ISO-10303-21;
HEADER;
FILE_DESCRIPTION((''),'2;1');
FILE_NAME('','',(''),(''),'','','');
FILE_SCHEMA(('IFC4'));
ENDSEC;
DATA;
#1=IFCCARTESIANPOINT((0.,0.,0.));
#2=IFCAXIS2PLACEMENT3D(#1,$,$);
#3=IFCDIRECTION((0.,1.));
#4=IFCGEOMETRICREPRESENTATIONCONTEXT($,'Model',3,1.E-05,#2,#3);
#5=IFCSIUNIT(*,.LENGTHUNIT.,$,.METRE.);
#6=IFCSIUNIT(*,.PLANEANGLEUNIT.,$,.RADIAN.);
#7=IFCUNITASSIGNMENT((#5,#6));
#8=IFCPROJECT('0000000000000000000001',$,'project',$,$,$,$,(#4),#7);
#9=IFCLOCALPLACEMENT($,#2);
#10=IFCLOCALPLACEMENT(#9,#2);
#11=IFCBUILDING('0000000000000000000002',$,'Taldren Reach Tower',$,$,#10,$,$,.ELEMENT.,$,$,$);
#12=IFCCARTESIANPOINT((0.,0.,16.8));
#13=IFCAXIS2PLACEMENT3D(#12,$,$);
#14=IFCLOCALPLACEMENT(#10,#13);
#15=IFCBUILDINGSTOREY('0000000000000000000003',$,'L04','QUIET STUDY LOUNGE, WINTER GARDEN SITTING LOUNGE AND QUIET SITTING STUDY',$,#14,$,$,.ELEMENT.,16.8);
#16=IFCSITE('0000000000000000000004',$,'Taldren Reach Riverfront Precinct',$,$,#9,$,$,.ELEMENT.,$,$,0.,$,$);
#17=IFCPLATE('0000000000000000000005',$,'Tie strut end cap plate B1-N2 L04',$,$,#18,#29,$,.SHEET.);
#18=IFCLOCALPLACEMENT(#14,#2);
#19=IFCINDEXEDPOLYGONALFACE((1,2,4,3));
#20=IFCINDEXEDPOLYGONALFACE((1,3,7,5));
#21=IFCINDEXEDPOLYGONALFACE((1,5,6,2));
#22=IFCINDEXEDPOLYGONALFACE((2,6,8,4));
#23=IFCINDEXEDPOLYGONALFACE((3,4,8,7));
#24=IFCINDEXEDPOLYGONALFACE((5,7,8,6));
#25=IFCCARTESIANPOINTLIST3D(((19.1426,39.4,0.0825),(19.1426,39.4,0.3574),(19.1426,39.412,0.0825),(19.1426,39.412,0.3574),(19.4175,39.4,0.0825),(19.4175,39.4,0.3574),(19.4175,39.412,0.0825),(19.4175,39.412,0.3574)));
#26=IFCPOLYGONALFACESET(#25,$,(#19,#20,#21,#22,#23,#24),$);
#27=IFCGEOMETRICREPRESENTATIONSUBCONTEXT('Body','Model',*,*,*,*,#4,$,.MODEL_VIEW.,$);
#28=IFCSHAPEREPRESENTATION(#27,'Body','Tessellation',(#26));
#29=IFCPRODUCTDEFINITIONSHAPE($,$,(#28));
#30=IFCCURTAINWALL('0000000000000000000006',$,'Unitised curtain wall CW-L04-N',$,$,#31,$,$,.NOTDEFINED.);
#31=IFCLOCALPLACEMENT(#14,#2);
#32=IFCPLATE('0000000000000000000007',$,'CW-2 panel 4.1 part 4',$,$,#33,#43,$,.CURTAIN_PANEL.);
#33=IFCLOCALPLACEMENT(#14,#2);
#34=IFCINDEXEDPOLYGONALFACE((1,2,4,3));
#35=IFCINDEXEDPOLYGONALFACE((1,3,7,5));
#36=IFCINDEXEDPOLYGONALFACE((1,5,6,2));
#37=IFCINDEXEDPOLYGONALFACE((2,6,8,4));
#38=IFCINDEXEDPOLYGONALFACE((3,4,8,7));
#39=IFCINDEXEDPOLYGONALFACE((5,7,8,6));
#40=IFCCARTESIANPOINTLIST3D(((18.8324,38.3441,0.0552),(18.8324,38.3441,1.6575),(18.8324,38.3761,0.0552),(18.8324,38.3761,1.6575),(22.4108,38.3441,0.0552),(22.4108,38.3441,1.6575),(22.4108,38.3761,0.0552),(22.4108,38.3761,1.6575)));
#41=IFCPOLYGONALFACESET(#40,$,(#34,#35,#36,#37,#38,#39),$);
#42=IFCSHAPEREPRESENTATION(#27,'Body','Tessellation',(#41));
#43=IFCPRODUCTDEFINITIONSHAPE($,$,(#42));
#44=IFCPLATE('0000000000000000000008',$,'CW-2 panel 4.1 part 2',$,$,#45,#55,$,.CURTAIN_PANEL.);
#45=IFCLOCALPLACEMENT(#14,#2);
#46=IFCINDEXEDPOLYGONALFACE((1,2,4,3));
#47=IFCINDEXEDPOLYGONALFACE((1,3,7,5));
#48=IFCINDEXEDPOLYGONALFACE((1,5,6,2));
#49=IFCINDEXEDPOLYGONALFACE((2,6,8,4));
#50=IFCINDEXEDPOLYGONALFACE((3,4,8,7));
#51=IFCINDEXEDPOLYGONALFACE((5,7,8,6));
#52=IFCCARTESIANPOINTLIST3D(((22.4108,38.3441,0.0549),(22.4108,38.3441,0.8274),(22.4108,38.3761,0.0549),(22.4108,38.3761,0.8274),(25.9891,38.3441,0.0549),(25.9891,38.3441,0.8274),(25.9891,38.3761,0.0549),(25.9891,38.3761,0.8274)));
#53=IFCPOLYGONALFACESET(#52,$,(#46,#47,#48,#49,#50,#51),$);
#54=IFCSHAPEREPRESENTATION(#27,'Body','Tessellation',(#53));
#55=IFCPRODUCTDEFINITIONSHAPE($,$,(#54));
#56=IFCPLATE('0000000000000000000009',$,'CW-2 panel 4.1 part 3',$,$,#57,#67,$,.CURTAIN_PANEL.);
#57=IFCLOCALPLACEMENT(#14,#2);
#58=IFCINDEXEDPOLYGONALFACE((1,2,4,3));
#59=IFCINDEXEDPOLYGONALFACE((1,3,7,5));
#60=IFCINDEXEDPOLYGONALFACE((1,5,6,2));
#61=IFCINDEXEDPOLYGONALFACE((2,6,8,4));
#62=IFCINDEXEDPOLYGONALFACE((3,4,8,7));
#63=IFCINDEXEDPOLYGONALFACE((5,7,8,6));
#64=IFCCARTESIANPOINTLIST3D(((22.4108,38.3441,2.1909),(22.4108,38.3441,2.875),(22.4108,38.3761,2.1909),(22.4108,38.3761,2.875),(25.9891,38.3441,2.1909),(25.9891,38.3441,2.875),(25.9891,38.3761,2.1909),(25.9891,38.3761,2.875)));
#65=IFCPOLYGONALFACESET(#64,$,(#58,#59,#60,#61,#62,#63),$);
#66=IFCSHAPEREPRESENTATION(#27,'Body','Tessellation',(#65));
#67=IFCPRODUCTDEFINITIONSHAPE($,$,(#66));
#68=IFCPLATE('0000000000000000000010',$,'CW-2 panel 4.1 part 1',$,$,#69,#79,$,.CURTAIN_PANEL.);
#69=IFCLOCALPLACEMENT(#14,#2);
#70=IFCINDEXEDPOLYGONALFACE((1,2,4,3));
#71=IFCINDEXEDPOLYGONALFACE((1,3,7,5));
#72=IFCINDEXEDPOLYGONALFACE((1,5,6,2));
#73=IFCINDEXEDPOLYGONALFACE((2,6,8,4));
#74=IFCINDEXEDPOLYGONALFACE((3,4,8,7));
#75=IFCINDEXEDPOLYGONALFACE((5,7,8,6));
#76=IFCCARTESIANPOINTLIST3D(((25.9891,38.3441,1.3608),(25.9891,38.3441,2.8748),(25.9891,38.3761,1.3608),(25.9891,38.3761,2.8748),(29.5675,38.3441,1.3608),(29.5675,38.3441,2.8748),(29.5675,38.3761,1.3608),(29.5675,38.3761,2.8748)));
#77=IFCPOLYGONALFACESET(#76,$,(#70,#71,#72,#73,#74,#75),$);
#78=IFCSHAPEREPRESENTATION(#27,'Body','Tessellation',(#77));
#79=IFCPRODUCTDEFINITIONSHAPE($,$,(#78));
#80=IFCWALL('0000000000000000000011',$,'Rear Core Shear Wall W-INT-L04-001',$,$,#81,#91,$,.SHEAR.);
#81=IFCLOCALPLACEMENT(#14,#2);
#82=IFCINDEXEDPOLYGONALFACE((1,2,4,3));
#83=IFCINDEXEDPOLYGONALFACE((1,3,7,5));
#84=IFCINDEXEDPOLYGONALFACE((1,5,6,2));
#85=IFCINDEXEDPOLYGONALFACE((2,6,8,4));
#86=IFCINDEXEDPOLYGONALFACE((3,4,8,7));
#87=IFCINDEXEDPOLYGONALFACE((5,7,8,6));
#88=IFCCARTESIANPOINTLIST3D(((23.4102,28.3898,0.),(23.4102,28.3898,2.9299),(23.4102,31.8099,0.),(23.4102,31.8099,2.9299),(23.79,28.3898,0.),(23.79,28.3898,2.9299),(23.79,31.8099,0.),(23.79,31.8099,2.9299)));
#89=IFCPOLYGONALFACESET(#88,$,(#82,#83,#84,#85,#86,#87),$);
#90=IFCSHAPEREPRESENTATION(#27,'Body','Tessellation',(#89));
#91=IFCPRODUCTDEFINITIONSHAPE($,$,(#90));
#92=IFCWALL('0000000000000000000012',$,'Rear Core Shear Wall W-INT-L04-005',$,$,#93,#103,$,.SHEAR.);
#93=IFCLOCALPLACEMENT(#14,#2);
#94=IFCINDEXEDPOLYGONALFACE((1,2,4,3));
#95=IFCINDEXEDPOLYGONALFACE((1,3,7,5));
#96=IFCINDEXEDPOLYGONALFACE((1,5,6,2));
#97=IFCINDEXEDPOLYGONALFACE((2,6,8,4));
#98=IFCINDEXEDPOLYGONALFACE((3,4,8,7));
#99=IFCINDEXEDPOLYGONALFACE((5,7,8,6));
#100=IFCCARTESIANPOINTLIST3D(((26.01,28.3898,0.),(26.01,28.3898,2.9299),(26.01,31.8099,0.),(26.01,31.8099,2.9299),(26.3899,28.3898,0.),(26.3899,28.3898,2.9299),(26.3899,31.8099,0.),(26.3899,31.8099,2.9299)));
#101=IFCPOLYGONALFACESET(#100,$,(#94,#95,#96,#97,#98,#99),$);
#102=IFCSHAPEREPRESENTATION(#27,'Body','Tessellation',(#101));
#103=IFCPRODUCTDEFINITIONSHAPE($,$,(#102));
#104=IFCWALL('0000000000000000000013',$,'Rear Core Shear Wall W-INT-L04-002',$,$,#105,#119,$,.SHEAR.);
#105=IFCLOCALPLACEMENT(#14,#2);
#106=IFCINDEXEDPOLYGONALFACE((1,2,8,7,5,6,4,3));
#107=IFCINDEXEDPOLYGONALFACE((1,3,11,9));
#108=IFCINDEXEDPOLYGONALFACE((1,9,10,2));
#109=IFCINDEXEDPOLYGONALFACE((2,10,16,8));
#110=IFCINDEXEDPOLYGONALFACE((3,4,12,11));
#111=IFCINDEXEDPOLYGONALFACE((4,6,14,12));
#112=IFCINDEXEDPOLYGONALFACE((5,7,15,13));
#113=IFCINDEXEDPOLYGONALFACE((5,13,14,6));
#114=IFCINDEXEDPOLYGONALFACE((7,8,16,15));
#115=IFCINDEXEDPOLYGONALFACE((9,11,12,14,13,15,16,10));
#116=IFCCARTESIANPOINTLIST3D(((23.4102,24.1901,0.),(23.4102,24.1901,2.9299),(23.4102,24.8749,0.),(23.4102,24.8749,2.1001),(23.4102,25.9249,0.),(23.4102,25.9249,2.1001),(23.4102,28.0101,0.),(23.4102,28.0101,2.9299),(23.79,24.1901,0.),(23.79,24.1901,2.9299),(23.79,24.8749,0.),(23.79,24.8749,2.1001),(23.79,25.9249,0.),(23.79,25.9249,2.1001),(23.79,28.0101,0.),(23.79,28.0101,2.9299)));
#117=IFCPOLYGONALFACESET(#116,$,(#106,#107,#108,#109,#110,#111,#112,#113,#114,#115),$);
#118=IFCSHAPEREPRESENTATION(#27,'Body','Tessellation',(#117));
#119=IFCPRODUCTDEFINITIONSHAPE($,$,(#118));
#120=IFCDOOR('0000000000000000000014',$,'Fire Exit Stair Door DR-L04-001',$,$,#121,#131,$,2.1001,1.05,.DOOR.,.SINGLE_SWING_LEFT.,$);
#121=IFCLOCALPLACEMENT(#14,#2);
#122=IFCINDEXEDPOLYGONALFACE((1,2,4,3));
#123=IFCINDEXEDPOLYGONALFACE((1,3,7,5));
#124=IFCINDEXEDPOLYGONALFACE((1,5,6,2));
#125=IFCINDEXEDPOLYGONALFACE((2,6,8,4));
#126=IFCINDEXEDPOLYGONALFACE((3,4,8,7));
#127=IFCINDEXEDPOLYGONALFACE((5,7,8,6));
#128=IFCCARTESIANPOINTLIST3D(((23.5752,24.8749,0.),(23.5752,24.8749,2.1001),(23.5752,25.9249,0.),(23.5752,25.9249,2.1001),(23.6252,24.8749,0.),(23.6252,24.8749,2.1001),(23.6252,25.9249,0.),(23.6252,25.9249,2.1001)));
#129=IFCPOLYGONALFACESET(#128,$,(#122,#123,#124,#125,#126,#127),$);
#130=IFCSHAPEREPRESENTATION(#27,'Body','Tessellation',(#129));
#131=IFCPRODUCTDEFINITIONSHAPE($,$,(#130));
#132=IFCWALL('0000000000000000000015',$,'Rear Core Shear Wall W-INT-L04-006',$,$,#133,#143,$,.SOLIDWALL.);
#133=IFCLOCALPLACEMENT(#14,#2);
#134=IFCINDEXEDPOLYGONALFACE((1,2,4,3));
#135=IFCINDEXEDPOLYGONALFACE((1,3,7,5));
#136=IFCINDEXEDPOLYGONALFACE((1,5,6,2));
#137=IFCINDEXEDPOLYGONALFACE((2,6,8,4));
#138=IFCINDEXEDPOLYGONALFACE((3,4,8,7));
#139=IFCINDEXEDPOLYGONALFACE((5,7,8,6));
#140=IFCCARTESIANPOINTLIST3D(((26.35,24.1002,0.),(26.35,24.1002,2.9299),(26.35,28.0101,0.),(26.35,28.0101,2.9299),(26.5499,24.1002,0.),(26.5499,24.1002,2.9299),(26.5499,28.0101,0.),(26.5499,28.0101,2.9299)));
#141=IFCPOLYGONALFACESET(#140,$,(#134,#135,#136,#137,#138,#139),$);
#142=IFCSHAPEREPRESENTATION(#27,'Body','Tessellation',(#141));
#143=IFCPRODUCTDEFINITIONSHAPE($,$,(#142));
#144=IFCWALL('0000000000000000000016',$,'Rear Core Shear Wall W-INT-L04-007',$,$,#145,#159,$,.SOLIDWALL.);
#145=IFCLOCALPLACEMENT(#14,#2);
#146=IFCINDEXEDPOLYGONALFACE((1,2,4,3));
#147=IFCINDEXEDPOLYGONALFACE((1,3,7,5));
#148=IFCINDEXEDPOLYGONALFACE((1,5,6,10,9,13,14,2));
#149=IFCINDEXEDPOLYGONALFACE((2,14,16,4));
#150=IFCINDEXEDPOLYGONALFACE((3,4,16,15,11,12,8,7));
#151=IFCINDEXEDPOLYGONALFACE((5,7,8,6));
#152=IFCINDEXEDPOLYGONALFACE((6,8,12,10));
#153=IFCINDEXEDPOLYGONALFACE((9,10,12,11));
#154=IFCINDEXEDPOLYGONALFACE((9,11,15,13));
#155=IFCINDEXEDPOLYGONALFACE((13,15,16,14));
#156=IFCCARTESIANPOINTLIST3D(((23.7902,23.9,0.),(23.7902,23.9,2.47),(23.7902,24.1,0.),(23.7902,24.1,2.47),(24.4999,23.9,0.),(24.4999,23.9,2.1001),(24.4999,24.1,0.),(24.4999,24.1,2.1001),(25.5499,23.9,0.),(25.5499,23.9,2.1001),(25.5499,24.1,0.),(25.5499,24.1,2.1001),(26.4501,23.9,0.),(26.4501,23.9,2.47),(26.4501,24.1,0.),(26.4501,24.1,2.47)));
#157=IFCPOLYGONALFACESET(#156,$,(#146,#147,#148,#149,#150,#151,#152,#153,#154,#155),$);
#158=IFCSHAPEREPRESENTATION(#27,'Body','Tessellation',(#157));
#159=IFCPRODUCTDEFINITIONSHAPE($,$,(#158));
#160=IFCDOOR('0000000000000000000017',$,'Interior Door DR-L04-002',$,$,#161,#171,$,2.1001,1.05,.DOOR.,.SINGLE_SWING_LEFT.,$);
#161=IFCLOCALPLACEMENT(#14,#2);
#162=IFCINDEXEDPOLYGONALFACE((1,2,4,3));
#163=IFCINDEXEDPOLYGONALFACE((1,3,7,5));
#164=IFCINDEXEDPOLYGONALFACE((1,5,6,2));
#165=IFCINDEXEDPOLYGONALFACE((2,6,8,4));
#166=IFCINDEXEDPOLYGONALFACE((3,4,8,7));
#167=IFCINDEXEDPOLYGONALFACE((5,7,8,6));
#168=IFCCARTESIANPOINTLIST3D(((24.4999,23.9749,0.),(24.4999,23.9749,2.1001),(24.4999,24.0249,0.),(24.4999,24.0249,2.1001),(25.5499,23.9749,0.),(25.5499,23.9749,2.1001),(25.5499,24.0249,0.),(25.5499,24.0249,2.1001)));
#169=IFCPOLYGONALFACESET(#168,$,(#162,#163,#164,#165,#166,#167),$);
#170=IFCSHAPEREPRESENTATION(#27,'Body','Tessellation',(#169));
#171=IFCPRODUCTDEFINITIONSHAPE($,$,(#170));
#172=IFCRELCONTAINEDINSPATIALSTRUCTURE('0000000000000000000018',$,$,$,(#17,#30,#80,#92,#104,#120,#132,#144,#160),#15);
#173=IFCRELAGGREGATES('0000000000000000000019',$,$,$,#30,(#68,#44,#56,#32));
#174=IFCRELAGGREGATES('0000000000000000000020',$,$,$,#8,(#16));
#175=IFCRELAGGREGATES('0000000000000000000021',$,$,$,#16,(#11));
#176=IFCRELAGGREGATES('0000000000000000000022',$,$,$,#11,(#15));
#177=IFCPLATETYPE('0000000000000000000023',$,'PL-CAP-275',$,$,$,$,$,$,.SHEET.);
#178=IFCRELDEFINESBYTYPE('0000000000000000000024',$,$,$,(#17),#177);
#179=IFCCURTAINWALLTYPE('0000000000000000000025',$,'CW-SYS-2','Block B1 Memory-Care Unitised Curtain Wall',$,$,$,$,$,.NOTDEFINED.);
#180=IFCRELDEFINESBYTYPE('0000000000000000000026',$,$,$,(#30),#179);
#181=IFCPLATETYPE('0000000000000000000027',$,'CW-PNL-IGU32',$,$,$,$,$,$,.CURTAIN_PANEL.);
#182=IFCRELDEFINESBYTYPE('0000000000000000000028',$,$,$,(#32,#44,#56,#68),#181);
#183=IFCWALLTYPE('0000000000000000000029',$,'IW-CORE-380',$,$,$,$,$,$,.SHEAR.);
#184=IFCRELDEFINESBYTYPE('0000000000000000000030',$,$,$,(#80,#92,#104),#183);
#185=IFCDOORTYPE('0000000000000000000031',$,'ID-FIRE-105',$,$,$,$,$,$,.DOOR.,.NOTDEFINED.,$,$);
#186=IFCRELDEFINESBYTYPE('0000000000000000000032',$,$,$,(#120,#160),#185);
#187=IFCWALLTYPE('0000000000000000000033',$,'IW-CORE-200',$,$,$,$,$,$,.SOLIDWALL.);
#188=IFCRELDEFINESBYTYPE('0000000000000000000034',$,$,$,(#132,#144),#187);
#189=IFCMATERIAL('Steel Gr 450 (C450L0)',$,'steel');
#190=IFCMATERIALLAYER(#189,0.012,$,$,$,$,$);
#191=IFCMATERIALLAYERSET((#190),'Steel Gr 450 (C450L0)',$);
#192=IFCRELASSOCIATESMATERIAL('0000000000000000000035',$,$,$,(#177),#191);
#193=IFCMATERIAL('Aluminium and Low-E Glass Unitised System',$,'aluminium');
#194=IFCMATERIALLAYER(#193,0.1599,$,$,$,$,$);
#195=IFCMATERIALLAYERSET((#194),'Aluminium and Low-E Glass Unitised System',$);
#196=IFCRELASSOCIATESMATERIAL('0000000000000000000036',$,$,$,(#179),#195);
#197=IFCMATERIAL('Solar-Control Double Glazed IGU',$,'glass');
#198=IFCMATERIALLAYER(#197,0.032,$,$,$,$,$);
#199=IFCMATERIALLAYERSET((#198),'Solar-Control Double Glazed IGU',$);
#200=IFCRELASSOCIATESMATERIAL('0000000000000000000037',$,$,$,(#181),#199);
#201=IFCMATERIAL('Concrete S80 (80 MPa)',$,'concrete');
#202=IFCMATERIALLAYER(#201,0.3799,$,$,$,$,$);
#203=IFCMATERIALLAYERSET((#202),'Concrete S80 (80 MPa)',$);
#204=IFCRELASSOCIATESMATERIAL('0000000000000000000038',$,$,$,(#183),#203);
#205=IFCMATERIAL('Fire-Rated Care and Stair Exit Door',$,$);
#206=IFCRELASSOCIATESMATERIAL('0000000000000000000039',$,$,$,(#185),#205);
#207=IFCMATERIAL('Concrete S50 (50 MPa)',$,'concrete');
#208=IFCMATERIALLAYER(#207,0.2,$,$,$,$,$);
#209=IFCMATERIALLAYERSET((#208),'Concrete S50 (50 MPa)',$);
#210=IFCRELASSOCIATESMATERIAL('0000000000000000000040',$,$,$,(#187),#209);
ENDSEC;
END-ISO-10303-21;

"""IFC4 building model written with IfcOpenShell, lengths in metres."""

from ifc_helpers import new_model, si_unit, direction, frame, frame_2d, origin, origin_2d, place, context, subcontext, project, spatial, rectangle, extrude, source, transform, mapped, material, layer, layer_set, type_object, element, fill, aggregate, save


model = new_model("IFC4")

# Units and contexts
model_context = context("Model", 3, precision=1e-05, world=origin(), true_north=direction((0.0, 1.0)))
body_context = subcontext(model_context, "Body", "Model", "MODEL_VIEW")
ifc_project = project(units=[si_unit("LENGTHUNIT", "METRE"), si_unit("PLANEANGLEUNIT", "RADIAN")], contexts=[model_context])

# Site, building, storey
site_placement = place(None, origin())
site = spatial("IfcSite", under=ifc_project, at=site_placement, Name="Taldren Reach Riverfront Precinct", CompositionType="ELEMENT", RefElevation=0.0)
building_placement = place(site_placement, origin())
building = spatial("IfcBuilding", under=site, at=building_placement, Name="Taldren Reach Tower", CompositionType="ELEMENT")
storey_placement = place(building_placement, frame((0.0, 0.0, 16.8)))
storey = spatial("IfcBuildingStorey", under=building, at=storey_placement, Name="L04", Description="QUIET STUDY LOUNGE, WINTER GARDEN SITTING LOUNGE AND QUIET SITTING STUDY", CompositionType="ELEMENT", Elevation=16.8)

# Shared definitions
ifc_material_1 = material(Name="Steel Gr 450 (C450L0)", Category="steel")

# Plate
ifc_layer_1 = layer(ifc_material_1, 0.012)
ifc_layer_set_1 = layer_set([ifc_layer_1], Name="Steel Gr 450 (C450L0)")
plate_type_1 = type_object("IfcPlateType", Name="PL-CAP-275", PredefinedType="SHEET", material=ifc_layer_set_1)
shared_shape_1 = source(origin(), body_context, "Body", "SweptSolid", [
    extrude(rectangle(XDim=0.2749, YDim=0.012, at=origin_2d()), origin(), (0.0, 0.0, 1.0), 0.2749),
])
plate_1_placement = place(storey_placement, frame((19.28, 39.406, 0.0825), z_axis=(0.0, 0.0, 1.0), x_axis=(1.0, 0.0, 0.0)))
element("IfcPlate", 1, at=plate_1_placement, inside=storey, type_object=plate_type_1, Name="Tie strut end cap plate B1-N2 L04", PredefinedType="SHEET", context=body_context, shape_type="MappedRepresentation", body=[
    mapped(shared_shape_1, transform((0.0, 0.0, 0.0), scale=1.0)),
])

# Curtain wall, plates
ifc_material_2 = material(Name="Aluminium and Low-E Glass Unitised System", Category="aluminium")
ifc_layer_2 = layer(ifc_material_2, 0.1599)
ifc_layer_set_2 = layer_set([ifc_layer_2], Name="Aluminium and Low-E Glass Unitised System")
curtain_wall_type = type_object("IfcCurtainWallType", Name="CW-SYS-2", Description="Block B1 Memory-Care Unitised Curtain Wall", PredefinedType="NOTDEFINED", material=ifc_layer_set_2)
curtain_wall_placement = place(storey_placement, origin())
curtain_wall = element("IfcCurtainWall", 2, at=curtain_wall_placement, inside=storey, type_object=curtain_wall_type, Name="Unitised curtain wall CW-L04-N", PredefinedType="NOTDEFINED")
ifc_material_3 = material(Name="Solar-Control Double Glazed IGU", Category="glass")
ifc_layer_3 = layer(ifc_material_3, 0.032)
ifc_layer_set_3 = layer_set([ifc_layer_3], Name="Solar-Control Double Glazed IGU")
plate_type_2 = type_object("IfcPlateType", Name="CW-PNL-IGU32", PredefinedType="CURTAIN_PANEL", material=ifc_layer_set_3)
shared_shape_2 = source(origin(), body_context, "Body", "SweptSolid", [
    extrude(rectangle(XDim=3.5784, YDim=0.032, at=origin_2d()), origin(), (0.0, 0.0, 1.0), 1.6023),
])
plate_2_placement = place(storey_placement, frame((20.6216, 38.3601, 0.0552), z_axis=(0.0, 0.0, 1.0), x_axis=(-1.0, 0.0, 0.0)))
plate_2 = element("IfcPlate", 3, at=plate_2_placement, type_object=plate_type_2, Name="CW-2 panel 4.1 part 4", PredefinedType="CURTAIN_PANEL", context=body_context, shape_type="MappedRepresentation", body=[
    mapped(shared_shape_2, transform((0.0, 0.0, 0.0), scale=1.0)),
])
shared_shape_3 = source(origin(), body_context, "Body", "SweptSolid", [
    extrude(rectangle(XDim=3.5784, YDim=0.032, at=origin_2d()), origin(), (0.0, 0.0, 1.0), 0.7725),
])
plate_3_placement = place(storey_placement, frame((24.2, 38.3601, 0.0549), z_axis=(0.0, 0.0, 1.0), x_axis=(-1.0, 0.0, 0.0)))
plate_3 = element("IfcPlate", 4, at=plate_3_placement, type_object=plate_type_2, Name="CW-2 panel 4.1 part 2", PredefinedType="CURTAIN_PANEL", context=body_context, shape_type="MappedRepresentation", body=[
    mapped(shared_shape_3, transform((0.0, 0.0, 0.0), scale=1.0)),
])
shared_shape_4 = source(origin(), body_context, "Body", "SweptSolid", [
    extrude(rectangle(XDim=3.5784, YDim=0.032, at=origin_2d()), origin(), (0.0, 0.0, 1.0), 0.6841),
])
plate_4_placement = place(storey_placement, frame((24.2, 38.3601, 2.1909), z_axis=(0.0, 0.0, 1.0), x_axis=(-1.0, 0.0, 0.0)))
plate_4 = element("IfcPlate", 5, at=plate_4_placement, type_object=plate_type_2, Name="CW-2 panel 4.1 part 3", PredefinedType="CURTAIN_PANEL", context=body_context, shape_type="MappedRepresentation", body=[
    mapped(shared_shape_4, transform((0.0, 0.0, 0.0), scale=1.0)),
])
shared_shape_5 = source(origin(), body_context, "Body", "SweptSolid", [
    extrude(rectangle(XDim=3.5784, YDim=0.032, at=origin_2d()), origin(), (0.0, 0.0, 1.0), 1.5139),
])
plate_5_placement = place(storey_placement, frame((27.7783, 38.3601, 1.3608), z_axis=(0.0, 0.0, 1.0), x_axis=(-1.0, 0.0, 0.0)))
plate_5 = element("IfcPlate", 6, at=plate_5_placement, type_object=plate_type_2, Name="CW-2 panel 4.1 part 1", PredefinedType="CURTAIN_PANEL", context=body_context, shape_type="MappedRepresentation", body=[
    mapped(shared_shape_5, transform((0.0, 0.0, 0.0), scale=1.0)),
])
aggregate(curtain_wall, [plate_5, plate_3, plate_4, plate_2])

# Walls
ifc_material_4 = material(Name="Concrete S80 (80 MPa)", Category="concrete")
ifc_layer_4 = layer(ifc_material_4, 0.3799)
ifc_layer_set_4 = layer_set([ifc_layer_4], Name="Concrete S80 (80 MPa)")
wall_type_1 = type_object("IfcWallType", Name="IW-CORE-380", PredefinedType="SHEAR", material=ifc_layer_set_4)
shared_shape_6 = source(origin(), body_context, "Body", "SweptSolid", [
    extrude(rectangle(XDim=3.4202, YDim=0.3799, at=frame_2d((1.71, 0.0))), origin(), (0.0, 0.0, 1.0), 2.9299),
])
for number, where, z_axis, x_axis, name in (
    (7, (23.6001, 28.3899, 0.0), (0.0, 0.0, 1.0), (0.0, 1.0, 0.0), "Rear Core Shear Wall W-INT-L04-001"),
    (8, (26.2, 28.3899, 0.0), (0.0, 0.0, 1.0), (0.0, 1.0, 0.0), "Rear Core Shear Wall W-INT-L04-005"),
):
    element("IfcWall", number, at=place(storey_placement, frame(where, z_axis=z_axis, x_axis=x_axis)), inside=storey, type_object=wall_type_1, Name=name, PredefinedType="SHEAR", context=body_context, shape_type="MappedRepresentation", body=[
        mapped(shared_shape_6, transform((0.0, 0.0, 0.0), scale=1.0)),
    ])

# Wall, opening, door
shared_shape_7 = source(origin(), body_context, "Body", "SweptSolid", [
    extrude(rectangle(XDim=3.8201, YDim=0.3799, at=frame_2d((1.9102, 0.0))), origin(), (0.0, 0.0, 1.0), 2.9299),
])
wall_1_placement = place(storey_placement, frame((23.6001, 24.1899, 0.0), z_axis=(0.0, 0.0, 1.0), x_axis=(0.0, 1.0, 0.0)))
wall_1 = element("IfcWall", 9, at=wall_1_placement, inside=storey, type_object=wall_type_1, Name="Rear Core Shear Wall W-INT-L04-002", PredefinedType="SHEAR", context=body_context, shape_type="MappedRepresentation", body=[
    mapped(shared_shape_7, transform((0.0, 0.0, 0.0), scale=1.0)),
])
shared_shape_8 = source(origin(), body_context, "Body", "SweptSolid", [
    extrude(rectangle(XDim=1.05, YDim=2.1001, at=frame_2d((0.5249, 1.05))), frame((0.0, 0.2, 0.0), z_axis=(0.0, -1.0, 0.0), x_axis=(1.0, 0.0, 0.0)), (0.0, 0.0, 1.0), 0.3999),
])
opening_1_placement = place(wall_1_placement, frame((0.6851, 0.0, 0.0)))
opening_1 = element("IfcOpeningElement", 10, at=opening_1_placement, cuts=wall_1, PredefinedType="OPENING", context=body_context, shape_type="MappedRepresentation", body=[
    mapped(shared_shape_8, transform((0.0, 0.0, 0.0), scale=1.0)),
])
ifc_material_5 = material(Name="Fire-Rated Care and Stair Exit Door")
door_type_1 = type_object("IfcDoorType", Name="ID-FIRE-105", OperationType="NOTDEFINED", PredefinedType="DOOR", material=ifc_material_5)
shared_shape_9 = source(origin(), body_context, "Body", "SweptSolid", [
    extrude(rectangle(XDim=1.05, YDim=2.1001, at=frame_2d((0.5249, 1.05))), frame((0.0, 0.0249, 0.0), z_axis=(0.0, -1.0, 0.0), x_axis=(1.0, 0.0, 0.0)), (0.0, 0.0, 1.0), 0.05),
])
door_1_placement = place(opening_1_placement, origin())
door_1 = element("IfcDoor", 11, at=door_1_placement, inside=storey, type_object=door_type_1, Name="Fire Exit Stair Door DR-L04-001", OperationType="SINGLE_SWING_LEFT", OverallHeight=2.1001, OverallWidth=1.05, PredefinedType="DOOR", context=body_context, shape_type="MappedRepresentation", body=[
    mapped(shared_shape_9, transform((0.0, 0.0, 0.0), scale=1.0)),
])
fill(opening_1, door_1)

# Wall
ifc_material_6 = material(Name="Concrete S50 (50 MPa)", Category="concrete")
ifc_layer_5 = layer(ifc_material_6, 0.2)
ifc_layer_set_5 = layer_set([ifc_layer_5], Name="Concrete S50 (50 MPa)")
wall_type_2 = type_object("IfcWallType", Name="IW-CORE-200", PredefinedType="SOLIDWALL", material=ifc_layer_set_5)
shared_shape_10 = source(origin(), body_context, "Body", "SweptSolid", [
    extrude(rectangle(XDim=3.9099, YDim=0.2, at=frame_2d((1.9551, 0.0))), origin(), (0.0, 0.0, 1.0), 2.9299),
])
wall_2_placement = place(storey_placement, frame((26.45, 24.1001, 0.0), z_axis=(0.0, 0.0, 1.0), x_axis=(0.0, 1.0, 0.0)))
element("IfcWall", 12, at=wall_2_placement, inside=storey, type_object=wall_type_2, Name="Rear Core Shear Wall W-INT-L04-006", PredefinedType="SOLIDWALL", context=body_context, shape_type="MappedRepresentation", body=[
    mapped(shared_shape_10, transform((0.0, 0.0, 0.0), scale=1.0)),
])

# Wall, opening, door
shared_shape_11 = source(origin(), body_context, "Body", "SweptSolid", [
    extrude(rectangle(XDim=2.6599, YDim=0.2, at=frame_2d((1.3301, 0.0))), origin(), (0.0, 0.0, 1.0), 2.47),
])
wall_3_placement = place(storey_placement, frame((23.79, 24.0, 0.0), z_axis=(0.0, 0.0, 1.0), x_axis=(1.0, 0.0, 0.0)))
wall_3 = element("IfcWall", 13, at=wall_3_placement, inside=storey, type_object=wall_type_2, Name="Rear Core Shear Wall W-INT-L04-007", PredefinedType="SOLIDWALL", context=body_context, shape_type="MappedRepresentation", body=[
    mapped(shared_shape_11, transform((0.0, 0.0, 0.0), scale=1.0)),
])
shared_shape_12 = source(origin(), body_context, "Body", "SweptSolid", [
    extrude(rectangle(XDim=1.05, YDim=2.1001, at=frame_2d((0.5249, 1.05))), frame((0.0, 0.1099, 0.0), z_axis=(0.0, -1.0, 0.0), x_axis=(1.0, 0.0, 0.0)), (0.0, 0.0, 1.0), 0.22),
])
opening_2_placement = place(wall_3_placement, frame((0.71, 0.0, 0.0)))
opening_2 = element("IfcOpeningElement", 14, at=opening_2_placement, cuts=wall_3, PredefinedType="OPENING", context=body_context, shape_type="MappedRepresentation", body=[
    mapped(shared_shape_12, transform((0.0, 0.0, 0.0), scale=1.0)),
])
door_2_placement = place(opening_2_placement, origin())
door_2 = element("IfcDoor", 15, at=door_2_placement, inside=storey, type_object=door_type_1, Name="Interior Door DR-L04-002", OperationType="SINGLE_SWING_LEFT", OverallHeight=2.1001, OverallWidth=1.05, PredefinedType="DOOR", context=body_context, shape_type="MappedRepresentation", body=[
    mapped(shared_shape_9, transform((0.0, 0.0, 0.0), scale=1.0)),
])
fill(opening_2, door_2)

save(model, "model.ifc")
